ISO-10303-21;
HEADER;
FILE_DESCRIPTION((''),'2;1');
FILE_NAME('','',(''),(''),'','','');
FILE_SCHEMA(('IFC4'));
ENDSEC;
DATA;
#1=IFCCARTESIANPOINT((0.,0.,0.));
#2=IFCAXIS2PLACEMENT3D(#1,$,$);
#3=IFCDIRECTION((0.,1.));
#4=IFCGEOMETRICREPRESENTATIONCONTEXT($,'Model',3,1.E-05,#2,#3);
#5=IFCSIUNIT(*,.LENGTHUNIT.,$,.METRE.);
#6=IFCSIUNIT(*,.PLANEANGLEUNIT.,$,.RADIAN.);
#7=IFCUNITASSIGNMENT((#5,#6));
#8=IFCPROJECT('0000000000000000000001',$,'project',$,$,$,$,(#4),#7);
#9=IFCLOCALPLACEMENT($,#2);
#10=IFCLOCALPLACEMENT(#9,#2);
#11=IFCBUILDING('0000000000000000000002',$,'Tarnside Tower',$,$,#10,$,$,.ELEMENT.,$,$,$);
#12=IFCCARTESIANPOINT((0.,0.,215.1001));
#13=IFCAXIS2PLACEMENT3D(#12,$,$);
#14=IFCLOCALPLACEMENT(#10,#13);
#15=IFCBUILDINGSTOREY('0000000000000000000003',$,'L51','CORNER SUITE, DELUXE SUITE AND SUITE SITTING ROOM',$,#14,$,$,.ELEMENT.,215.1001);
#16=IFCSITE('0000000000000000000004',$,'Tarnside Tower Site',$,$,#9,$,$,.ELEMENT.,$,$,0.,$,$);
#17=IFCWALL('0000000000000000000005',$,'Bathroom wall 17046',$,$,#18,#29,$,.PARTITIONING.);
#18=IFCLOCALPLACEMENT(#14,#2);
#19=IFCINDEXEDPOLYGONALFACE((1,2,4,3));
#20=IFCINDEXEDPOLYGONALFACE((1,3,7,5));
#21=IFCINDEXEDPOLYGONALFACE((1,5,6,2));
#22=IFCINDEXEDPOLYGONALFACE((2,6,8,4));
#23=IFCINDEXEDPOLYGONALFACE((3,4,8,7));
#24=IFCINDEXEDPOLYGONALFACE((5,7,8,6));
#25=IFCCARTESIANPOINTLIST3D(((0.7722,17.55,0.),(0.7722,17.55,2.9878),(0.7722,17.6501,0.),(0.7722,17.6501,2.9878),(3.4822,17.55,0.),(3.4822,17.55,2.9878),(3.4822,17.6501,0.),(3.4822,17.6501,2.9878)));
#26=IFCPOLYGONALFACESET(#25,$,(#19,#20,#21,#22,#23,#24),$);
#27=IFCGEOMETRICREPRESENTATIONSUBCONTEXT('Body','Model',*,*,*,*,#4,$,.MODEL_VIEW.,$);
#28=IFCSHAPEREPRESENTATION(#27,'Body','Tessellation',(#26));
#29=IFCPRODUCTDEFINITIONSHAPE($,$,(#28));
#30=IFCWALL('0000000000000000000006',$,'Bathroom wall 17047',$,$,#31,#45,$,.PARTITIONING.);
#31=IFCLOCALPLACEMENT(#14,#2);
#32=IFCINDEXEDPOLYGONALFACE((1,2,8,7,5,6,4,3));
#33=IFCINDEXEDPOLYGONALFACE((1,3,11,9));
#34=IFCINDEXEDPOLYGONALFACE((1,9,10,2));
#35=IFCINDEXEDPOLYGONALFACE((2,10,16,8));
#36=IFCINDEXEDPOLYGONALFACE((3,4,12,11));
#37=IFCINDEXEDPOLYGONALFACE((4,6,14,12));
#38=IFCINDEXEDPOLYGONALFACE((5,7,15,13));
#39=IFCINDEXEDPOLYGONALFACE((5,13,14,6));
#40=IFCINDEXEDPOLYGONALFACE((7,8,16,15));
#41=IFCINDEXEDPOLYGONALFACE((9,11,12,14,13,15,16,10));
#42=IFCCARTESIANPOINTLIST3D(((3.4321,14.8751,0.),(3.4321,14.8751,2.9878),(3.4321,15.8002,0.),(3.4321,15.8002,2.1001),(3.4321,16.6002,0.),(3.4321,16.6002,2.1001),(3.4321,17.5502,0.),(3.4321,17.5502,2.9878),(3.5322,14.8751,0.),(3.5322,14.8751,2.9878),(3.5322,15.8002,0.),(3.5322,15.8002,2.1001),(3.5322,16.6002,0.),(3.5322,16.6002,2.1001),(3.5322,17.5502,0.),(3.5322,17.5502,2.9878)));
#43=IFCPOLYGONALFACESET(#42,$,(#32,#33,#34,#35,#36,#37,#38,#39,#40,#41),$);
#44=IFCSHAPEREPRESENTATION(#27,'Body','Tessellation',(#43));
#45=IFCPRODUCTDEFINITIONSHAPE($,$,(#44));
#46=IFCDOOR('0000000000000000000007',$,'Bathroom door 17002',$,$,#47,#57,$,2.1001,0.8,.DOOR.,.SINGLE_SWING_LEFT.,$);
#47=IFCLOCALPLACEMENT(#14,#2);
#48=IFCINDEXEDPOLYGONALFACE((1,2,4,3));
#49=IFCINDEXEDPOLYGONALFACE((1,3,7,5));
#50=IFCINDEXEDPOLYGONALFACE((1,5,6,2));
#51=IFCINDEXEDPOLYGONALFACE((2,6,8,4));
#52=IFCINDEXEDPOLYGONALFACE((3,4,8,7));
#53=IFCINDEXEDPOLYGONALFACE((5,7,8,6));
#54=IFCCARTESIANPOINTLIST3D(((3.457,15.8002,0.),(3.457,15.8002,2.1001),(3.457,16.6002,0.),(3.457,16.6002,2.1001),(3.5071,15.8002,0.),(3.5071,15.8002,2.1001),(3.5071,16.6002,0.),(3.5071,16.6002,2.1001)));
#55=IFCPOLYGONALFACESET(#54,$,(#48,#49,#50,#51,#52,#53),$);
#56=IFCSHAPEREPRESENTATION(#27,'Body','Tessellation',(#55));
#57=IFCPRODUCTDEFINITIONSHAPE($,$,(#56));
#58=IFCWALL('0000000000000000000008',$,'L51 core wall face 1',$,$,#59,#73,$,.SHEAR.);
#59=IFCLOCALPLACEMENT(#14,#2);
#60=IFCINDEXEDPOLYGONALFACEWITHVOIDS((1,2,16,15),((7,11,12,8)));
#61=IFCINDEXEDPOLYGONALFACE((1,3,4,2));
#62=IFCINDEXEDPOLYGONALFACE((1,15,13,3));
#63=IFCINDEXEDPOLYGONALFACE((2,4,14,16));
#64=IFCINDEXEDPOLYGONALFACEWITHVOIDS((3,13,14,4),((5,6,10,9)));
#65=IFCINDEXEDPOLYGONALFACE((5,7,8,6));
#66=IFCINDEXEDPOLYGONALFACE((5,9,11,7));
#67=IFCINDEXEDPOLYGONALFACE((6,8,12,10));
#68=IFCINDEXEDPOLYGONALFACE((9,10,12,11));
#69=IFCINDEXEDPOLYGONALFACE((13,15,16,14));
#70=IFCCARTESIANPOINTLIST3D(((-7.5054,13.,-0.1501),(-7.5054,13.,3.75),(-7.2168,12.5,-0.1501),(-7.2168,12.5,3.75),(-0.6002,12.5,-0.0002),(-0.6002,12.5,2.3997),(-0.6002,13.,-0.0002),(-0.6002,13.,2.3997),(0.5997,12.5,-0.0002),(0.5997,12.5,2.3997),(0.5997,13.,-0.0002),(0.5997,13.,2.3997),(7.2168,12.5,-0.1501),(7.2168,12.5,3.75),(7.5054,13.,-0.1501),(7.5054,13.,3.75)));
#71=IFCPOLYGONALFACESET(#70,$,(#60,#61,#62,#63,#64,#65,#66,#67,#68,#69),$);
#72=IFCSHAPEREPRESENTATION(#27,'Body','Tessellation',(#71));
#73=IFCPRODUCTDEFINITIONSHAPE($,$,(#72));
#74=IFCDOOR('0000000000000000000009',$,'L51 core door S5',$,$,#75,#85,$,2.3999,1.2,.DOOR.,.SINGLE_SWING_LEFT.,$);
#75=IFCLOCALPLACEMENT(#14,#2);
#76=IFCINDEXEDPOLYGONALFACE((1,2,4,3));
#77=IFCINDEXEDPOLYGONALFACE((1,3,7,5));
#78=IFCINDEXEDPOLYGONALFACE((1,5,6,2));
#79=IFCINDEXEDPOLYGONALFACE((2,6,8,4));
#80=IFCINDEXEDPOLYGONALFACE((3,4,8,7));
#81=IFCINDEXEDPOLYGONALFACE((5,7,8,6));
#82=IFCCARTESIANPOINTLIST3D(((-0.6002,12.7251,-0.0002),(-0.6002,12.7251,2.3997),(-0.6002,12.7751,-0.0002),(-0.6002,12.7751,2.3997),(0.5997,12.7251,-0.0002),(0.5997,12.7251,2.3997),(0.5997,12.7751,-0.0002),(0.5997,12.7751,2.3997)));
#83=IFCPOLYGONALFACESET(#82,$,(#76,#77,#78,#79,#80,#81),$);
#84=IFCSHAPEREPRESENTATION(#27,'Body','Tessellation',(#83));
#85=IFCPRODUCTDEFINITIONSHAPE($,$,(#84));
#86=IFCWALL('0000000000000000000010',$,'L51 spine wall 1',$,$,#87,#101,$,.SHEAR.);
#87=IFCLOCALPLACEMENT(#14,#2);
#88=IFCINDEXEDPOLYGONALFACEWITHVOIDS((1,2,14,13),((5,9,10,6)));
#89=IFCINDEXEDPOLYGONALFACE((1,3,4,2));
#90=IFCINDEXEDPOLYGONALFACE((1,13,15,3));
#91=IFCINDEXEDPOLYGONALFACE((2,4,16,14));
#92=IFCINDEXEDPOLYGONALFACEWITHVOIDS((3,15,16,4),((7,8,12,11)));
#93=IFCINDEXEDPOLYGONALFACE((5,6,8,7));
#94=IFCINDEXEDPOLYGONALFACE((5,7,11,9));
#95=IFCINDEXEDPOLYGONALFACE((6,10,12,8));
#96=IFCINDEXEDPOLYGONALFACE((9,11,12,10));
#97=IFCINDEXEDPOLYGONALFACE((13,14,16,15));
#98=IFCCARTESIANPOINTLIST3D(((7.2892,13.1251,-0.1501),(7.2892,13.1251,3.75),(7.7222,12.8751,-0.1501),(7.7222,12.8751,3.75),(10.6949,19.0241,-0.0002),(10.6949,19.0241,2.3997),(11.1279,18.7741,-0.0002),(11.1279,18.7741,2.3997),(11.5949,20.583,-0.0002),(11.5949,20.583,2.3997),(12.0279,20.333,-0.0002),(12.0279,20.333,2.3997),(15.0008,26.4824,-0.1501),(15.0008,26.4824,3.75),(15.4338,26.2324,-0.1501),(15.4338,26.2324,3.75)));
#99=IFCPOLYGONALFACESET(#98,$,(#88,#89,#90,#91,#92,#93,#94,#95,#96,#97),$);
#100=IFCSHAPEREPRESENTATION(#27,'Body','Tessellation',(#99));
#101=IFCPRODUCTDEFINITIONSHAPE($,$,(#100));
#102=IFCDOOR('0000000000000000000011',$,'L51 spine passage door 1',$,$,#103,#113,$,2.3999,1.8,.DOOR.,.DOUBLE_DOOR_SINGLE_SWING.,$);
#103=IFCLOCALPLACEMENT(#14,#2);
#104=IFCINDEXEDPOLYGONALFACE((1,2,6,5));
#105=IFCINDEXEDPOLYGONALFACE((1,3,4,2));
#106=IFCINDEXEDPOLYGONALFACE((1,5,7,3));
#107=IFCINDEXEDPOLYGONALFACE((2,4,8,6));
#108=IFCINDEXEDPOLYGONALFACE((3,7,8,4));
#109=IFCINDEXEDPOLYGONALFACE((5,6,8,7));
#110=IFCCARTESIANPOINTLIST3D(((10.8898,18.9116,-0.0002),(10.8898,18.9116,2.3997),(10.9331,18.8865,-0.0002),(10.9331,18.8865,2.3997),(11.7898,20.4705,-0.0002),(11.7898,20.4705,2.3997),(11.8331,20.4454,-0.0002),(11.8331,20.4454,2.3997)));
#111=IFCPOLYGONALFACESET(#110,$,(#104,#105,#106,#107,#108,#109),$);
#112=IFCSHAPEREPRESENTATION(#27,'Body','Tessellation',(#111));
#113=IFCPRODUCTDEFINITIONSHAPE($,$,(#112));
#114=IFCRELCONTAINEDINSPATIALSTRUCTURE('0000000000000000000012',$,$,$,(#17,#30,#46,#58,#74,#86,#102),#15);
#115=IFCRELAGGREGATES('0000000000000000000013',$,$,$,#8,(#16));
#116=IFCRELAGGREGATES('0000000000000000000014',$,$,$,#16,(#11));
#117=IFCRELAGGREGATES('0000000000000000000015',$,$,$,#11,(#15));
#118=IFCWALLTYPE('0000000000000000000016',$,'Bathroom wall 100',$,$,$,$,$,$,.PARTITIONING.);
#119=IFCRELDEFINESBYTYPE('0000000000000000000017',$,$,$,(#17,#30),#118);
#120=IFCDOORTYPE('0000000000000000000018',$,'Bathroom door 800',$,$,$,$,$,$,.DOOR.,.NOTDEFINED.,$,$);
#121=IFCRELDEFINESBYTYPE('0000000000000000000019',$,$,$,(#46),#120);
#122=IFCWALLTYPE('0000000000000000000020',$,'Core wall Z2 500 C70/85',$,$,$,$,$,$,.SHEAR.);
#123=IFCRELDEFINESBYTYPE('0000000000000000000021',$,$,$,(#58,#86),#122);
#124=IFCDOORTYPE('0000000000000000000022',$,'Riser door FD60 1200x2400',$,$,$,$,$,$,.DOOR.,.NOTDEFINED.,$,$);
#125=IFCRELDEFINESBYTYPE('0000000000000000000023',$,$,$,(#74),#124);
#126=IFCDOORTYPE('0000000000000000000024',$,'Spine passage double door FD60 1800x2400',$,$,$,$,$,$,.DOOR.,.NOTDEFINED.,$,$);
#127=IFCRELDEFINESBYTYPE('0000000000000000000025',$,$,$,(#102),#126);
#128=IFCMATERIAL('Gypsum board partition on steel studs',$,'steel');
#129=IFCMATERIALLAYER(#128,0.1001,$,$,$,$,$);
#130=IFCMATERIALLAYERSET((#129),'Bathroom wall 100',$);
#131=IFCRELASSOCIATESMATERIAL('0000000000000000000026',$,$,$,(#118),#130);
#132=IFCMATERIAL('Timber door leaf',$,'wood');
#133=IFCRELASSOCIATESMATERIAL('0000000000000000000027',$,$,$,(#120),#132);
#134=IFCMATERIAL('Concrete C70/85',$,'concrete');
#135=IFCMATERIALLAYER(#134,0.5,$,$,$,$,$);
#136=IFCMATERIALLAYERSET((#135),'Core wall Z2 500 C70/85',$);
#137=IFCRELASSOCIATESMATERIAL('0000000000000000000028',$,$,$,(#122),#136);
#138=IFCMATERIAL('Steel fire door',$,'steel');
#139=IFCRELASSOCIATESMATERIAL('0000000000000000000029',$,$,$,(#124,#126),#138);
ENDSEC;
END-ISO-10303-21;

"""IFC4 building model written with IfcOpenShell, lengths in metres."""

from ifc_helpers import new_model, si_unit, direction, frame, frame_2d, origin, place, context, subcontext, project, spatial, polyline, rectangle, outline, extrude, material, layer, layer_set, type_object, element, fill, save


model = new_model("IFC4")

# Units and contexts
model_context = context("Model", 3, precision=1e-05, world=origin(), true_north=direction((0.0, 1.0)))
body_context = subcontext(model_context, "Body", "Model", "MODEL_VIEW")
ifc_project = project(units=[si_unit("LENGTHUNIT", "METRE"), si_unit("PLANEANGLEUNIT", "RADIAN")], contexts=[model_context])

# Site, building, storey
site_placement = place(None, origin())
site = spatial("IfcSite", under=ifc_project, at=site_placement, Name="Tarnside Tower Site", CompositionType="ELEMENT", RefElevation=0.0)
building_placement = place(site_placement, origin())
building = spatial("IfcBuilding", under=site, at=building_placement, Name="Tarnside Tower", CompositionType="ELEMENT")
storey_placement = place(building_placement, frame((0.0, 0.0, 215.1001)))
storey = spatial("IfcBuildingStorey", under=building, at=storey_placement, Name="L51", Description="CORNER SUITE, DELUXE SUITE AND SUITE SITTING ROOM", CompositionType="ELEMENT", Elevation=215.1001)

# Wall
ifc_material_1 = material(Name="Gypsum board partition on steel studs", Category="steel")
ifc_layer_1 = layer(ifc_material_1, 0.1001)
ifc_layer_set_1 = layer_set([ifc_layer_1], Name="Bathroom wall 100")
wall_type_1 = type_object("IfcWallType", Name="Bathroom wall 100", PredefinedType="PARTITIONING", material=ifc_layer_set_1)
wall_1_placement = place(storey_placement, frame((0.7722, 17.6001, 0.0), z_axis=(0.0, 0.0, 1.0), x_axis=(1.0, 0.0, 0.0)))
element("IfcWall", 1, at=wall_1_placement, inside=storey, type_object=wall_type_1, Name="Bathroom wall 17046", PredefinedType="PARTITIONING", context=body_context, shape_type="SweptSolid", body=[
    extrude(rectangle(XDim=2.71, YDim=0.1001, at=frame_2d((1.355, 0.0))), origin(), (0.0, 0.0, 1.0), 2.9878),
])

# Walls, openings, doors
wall_2_placement = place(storey_placement, frame((3.4822, 17.55, 0.0), z_axis=(0.0, 0.0, 1.0), x_axis=(0.0, -1.0, 0.0)))
wall_2 = element("IfcWall", 2, at=wall_2_placement, inside=storey, type_object=wall_type_1, Name="Bathroom wall 17047", PredefinedType="PARTITIONING", context=body_context, shape_type="SweptSolid", body=[
    extrude(rectangle(XDim=2.675, YDim=0.1001, at=frame_2d((1.3374, 0.0))), origin(), (0.0, 0.0, 1.0), 2.9878),
])
opening_1_placement = place(wall_2_placement, frame((0.95, 0.0, 0.0)))
opening_1 = element("IfcOpeningElement", 3, at=opening_1_placement, cuts=wall_2, PredefinedType="OPENING", context=body_context, shape_type="SweptSolid", body=[
    extrude(rectangle(XDim=0.8, YDim=2.1001, at=frame_2d((0.3999, 1.05))), frame((0.0, 0.0601, 0.0), z_axis=(0.0, -1.0, 0.0), x_axis=(1.0, 0.0, 0.0)), (0.0, 0.0, 1.0), 0.1201),
])
ifc_material_2 = material(Name="Timber door leaf", Category="wood")
door_type_1 = type_object("IfcDoorType", Name="Bathroom door 800", OperationType="NOTDEFINED", PredefinedType="DOOR", material=ifc_material_2)
door_1_placement = place(opening_1_placement, origin())
door_1 = element("IfcDoor", 4, at=door_1_placement, inside=storey, type_object=door_type_1, Name="Bathroom door 17002", OperationType="SINGLE_SWING_LEFT", OverallHeight=2.1001, OverallWidth=0.8, PredefinedType="DOOR", context=body_context, shape_type="SweptSolid", body=[
    extrude(rectangle(XDim=0.8, YDim=2.1001, at=frame_2d((0.3999, 1.05))), frame((0.0, 0.0249, 0.0), z_axis=(0.0, -1.0, 0.0), x_axis=(1.0, 0.0, 0.0)), (0.0, 0.0, 1.0), 0.05),
])
fill(opening_1, door_1)
ifc_material_3 = material(Name="Concrete C70/85", Category="concrete")
ifc_layer_2 = layer(ifc_material_3, 0.5)
ifc_layer_set_2 = layer_set([ifc_layer_2], Name="Core wall Z2 500 C70/85")
wall_type_2 = type_object("IfcWallType", Name="Core wall Z2 500 C70/85", PredefinedType="SHEAR", material=ifc_layer_set_2)
wall_3_placement = place(storey_placement, frame((7.3611, 12.75, -0.1501), z_axis=(0.0, 0.0, 1.0), x_axis=(-1.0, 0.0, 0.0)))
wall_3 = element("IfcWall", 5, at=wall_3_placement, inside=storey, type_object=wall_type_2, Name="L51 core wall face 1", PredefinedType="SHEAR", context=body_context, shape_type="SweptSolid", body=[
    extrude(outline(polyline([(-0.1443, -0.25), (14.8665, -0.25), (14.5779, 0.25), (0.1443, 0.25), (-0.1443, -0.25)])), origin(), (0.0, 0.0, 1.0), 3.9001),
])
opening_2_placement = place(wall_3_placement, frame((6.7612, 0.0, 0.1499)))
opening_2 = element("IfcOpeningElement", 6, at=opening_2_placement, cuts=wall_3, PredefinedType="OPENING", context=body_context, shape_type="SweptSolid", body=[
    extrude(rectangle(XDim=1.2, YDim=2.3999, at=frame_2d((0.6001, 1.2))), frame((0.0, 0.26, 0.0), z_axis=(0.0, -1.0, 0.0), x_axis=(1.0, 0.0, 0.0)), (0.0, 0.0, 1.0), 0.52),
])
ifc_material_4 = material(Name="Steel fire door", Category="steel")
door_type_2 = type_object("IfcDoorType", Name="Riser door FD60 1200x2400", OperationType="NOTDEFINED", PredefinedType="DOOR", material=ifc_material_4)
door_2_placement = place(opening_2_placement, origin())
door_2 = element("IfcDoor", 7, at=door_2_placement, inside=storey, type_object=door_type_2, Name="L51 core door S5", OperationType="SINGLE_SWING_LEFT", OverallHeight=2.3999, OverallWidth=1.2, PredefinedType="DOOR", context=body_context, shape_type="SweptSolid", body=[
    extrude(rectangle(XDim=1.2, YDim=2.3999, at=frame_2d((0.6001, 1.2))), frame((0.0, 0.0249, 0.0), z_axis=(0.0, -1.0, 0.0), x_axis=(1.0, 0.0, 0.0)), (0.0, 0.0, 1.0), 0.05),
])
fill(opening_2, door_2)
wall_4_placement = place(storey_placement, frame((7.5056, 13.0, -0.1501), z_axis=(0.0, 0.0, 1.0), x_axis=(0.499988, 0.866032, 0.0)))
wall_4 = element("IfcWall", 8, at=wall_4_placement, inside=storey, type_object=wall_type_2, Name="L51 spine wall 1", PredefinedType="SHEAR", context=body_context, shape_type="SweptSolid", body=[
    extrude(rectangle(XDim=15.4236, YDim=0.5, at=frame_2d((7.7119, 0.0))), origin(), (0.0, 0.0, 1.0), 3.9001),
])
opening_3_placement = place(wall_4_placement, frame((6.8118, 0.0, 0.1499)))
opening_3 = element("IfcOpeningElement", 9, at=opening_3_placement, cuts=wall_4, PredefinedType="OPENING", context=body_context, shape_type="SweptSolid", body=[
    extrude(rectangle(XDim=1.8, YDim=2.3999, at=frame_2d((0.8999, 1.2))), frame((0.0, 0.26, 0.0), z_axis=(0.0, -1.0, 0.0), x_axis=(1.0, 0.0, 0.0)), (0.0, 0.0, 1.0), 0.52),
])
door_type_3 = type_object("IfcDoorType", Name="Spine passage double door FD60 1800x2400", OperationType="NOTDEFINED", PredefinedType="DOOR", material=ifc_material_4)
door_3_placement = place(opening_3_placement, origin())
door_3 = element("IfcDoor", 10, at=door_3_placement, inside=storey, type_object=door_type_3, Name="L51 spine passage door 1", OperationType="DOUBLE_DOOR_SINGLE_SWING", OverallHeight=2.3999, OverallWidth=1.8, PredefinedType="DOOR", context=body_context, shape_type="SweptSolid", body=[
    extrude(rectangle(XDim=1.8, YDim=2.3999, at=frame_2d((0.8999, 1.2))), frame((0.0, 0.0249, 0.0), z_axis=(0.0, -1.0, 0.0), x_axis=(1.0, 0.0, 0.0)), (0.0, 0.0, 1.0), 0.05),
])
fill(opening_3, door_3)

save(model, "model.ifc")
